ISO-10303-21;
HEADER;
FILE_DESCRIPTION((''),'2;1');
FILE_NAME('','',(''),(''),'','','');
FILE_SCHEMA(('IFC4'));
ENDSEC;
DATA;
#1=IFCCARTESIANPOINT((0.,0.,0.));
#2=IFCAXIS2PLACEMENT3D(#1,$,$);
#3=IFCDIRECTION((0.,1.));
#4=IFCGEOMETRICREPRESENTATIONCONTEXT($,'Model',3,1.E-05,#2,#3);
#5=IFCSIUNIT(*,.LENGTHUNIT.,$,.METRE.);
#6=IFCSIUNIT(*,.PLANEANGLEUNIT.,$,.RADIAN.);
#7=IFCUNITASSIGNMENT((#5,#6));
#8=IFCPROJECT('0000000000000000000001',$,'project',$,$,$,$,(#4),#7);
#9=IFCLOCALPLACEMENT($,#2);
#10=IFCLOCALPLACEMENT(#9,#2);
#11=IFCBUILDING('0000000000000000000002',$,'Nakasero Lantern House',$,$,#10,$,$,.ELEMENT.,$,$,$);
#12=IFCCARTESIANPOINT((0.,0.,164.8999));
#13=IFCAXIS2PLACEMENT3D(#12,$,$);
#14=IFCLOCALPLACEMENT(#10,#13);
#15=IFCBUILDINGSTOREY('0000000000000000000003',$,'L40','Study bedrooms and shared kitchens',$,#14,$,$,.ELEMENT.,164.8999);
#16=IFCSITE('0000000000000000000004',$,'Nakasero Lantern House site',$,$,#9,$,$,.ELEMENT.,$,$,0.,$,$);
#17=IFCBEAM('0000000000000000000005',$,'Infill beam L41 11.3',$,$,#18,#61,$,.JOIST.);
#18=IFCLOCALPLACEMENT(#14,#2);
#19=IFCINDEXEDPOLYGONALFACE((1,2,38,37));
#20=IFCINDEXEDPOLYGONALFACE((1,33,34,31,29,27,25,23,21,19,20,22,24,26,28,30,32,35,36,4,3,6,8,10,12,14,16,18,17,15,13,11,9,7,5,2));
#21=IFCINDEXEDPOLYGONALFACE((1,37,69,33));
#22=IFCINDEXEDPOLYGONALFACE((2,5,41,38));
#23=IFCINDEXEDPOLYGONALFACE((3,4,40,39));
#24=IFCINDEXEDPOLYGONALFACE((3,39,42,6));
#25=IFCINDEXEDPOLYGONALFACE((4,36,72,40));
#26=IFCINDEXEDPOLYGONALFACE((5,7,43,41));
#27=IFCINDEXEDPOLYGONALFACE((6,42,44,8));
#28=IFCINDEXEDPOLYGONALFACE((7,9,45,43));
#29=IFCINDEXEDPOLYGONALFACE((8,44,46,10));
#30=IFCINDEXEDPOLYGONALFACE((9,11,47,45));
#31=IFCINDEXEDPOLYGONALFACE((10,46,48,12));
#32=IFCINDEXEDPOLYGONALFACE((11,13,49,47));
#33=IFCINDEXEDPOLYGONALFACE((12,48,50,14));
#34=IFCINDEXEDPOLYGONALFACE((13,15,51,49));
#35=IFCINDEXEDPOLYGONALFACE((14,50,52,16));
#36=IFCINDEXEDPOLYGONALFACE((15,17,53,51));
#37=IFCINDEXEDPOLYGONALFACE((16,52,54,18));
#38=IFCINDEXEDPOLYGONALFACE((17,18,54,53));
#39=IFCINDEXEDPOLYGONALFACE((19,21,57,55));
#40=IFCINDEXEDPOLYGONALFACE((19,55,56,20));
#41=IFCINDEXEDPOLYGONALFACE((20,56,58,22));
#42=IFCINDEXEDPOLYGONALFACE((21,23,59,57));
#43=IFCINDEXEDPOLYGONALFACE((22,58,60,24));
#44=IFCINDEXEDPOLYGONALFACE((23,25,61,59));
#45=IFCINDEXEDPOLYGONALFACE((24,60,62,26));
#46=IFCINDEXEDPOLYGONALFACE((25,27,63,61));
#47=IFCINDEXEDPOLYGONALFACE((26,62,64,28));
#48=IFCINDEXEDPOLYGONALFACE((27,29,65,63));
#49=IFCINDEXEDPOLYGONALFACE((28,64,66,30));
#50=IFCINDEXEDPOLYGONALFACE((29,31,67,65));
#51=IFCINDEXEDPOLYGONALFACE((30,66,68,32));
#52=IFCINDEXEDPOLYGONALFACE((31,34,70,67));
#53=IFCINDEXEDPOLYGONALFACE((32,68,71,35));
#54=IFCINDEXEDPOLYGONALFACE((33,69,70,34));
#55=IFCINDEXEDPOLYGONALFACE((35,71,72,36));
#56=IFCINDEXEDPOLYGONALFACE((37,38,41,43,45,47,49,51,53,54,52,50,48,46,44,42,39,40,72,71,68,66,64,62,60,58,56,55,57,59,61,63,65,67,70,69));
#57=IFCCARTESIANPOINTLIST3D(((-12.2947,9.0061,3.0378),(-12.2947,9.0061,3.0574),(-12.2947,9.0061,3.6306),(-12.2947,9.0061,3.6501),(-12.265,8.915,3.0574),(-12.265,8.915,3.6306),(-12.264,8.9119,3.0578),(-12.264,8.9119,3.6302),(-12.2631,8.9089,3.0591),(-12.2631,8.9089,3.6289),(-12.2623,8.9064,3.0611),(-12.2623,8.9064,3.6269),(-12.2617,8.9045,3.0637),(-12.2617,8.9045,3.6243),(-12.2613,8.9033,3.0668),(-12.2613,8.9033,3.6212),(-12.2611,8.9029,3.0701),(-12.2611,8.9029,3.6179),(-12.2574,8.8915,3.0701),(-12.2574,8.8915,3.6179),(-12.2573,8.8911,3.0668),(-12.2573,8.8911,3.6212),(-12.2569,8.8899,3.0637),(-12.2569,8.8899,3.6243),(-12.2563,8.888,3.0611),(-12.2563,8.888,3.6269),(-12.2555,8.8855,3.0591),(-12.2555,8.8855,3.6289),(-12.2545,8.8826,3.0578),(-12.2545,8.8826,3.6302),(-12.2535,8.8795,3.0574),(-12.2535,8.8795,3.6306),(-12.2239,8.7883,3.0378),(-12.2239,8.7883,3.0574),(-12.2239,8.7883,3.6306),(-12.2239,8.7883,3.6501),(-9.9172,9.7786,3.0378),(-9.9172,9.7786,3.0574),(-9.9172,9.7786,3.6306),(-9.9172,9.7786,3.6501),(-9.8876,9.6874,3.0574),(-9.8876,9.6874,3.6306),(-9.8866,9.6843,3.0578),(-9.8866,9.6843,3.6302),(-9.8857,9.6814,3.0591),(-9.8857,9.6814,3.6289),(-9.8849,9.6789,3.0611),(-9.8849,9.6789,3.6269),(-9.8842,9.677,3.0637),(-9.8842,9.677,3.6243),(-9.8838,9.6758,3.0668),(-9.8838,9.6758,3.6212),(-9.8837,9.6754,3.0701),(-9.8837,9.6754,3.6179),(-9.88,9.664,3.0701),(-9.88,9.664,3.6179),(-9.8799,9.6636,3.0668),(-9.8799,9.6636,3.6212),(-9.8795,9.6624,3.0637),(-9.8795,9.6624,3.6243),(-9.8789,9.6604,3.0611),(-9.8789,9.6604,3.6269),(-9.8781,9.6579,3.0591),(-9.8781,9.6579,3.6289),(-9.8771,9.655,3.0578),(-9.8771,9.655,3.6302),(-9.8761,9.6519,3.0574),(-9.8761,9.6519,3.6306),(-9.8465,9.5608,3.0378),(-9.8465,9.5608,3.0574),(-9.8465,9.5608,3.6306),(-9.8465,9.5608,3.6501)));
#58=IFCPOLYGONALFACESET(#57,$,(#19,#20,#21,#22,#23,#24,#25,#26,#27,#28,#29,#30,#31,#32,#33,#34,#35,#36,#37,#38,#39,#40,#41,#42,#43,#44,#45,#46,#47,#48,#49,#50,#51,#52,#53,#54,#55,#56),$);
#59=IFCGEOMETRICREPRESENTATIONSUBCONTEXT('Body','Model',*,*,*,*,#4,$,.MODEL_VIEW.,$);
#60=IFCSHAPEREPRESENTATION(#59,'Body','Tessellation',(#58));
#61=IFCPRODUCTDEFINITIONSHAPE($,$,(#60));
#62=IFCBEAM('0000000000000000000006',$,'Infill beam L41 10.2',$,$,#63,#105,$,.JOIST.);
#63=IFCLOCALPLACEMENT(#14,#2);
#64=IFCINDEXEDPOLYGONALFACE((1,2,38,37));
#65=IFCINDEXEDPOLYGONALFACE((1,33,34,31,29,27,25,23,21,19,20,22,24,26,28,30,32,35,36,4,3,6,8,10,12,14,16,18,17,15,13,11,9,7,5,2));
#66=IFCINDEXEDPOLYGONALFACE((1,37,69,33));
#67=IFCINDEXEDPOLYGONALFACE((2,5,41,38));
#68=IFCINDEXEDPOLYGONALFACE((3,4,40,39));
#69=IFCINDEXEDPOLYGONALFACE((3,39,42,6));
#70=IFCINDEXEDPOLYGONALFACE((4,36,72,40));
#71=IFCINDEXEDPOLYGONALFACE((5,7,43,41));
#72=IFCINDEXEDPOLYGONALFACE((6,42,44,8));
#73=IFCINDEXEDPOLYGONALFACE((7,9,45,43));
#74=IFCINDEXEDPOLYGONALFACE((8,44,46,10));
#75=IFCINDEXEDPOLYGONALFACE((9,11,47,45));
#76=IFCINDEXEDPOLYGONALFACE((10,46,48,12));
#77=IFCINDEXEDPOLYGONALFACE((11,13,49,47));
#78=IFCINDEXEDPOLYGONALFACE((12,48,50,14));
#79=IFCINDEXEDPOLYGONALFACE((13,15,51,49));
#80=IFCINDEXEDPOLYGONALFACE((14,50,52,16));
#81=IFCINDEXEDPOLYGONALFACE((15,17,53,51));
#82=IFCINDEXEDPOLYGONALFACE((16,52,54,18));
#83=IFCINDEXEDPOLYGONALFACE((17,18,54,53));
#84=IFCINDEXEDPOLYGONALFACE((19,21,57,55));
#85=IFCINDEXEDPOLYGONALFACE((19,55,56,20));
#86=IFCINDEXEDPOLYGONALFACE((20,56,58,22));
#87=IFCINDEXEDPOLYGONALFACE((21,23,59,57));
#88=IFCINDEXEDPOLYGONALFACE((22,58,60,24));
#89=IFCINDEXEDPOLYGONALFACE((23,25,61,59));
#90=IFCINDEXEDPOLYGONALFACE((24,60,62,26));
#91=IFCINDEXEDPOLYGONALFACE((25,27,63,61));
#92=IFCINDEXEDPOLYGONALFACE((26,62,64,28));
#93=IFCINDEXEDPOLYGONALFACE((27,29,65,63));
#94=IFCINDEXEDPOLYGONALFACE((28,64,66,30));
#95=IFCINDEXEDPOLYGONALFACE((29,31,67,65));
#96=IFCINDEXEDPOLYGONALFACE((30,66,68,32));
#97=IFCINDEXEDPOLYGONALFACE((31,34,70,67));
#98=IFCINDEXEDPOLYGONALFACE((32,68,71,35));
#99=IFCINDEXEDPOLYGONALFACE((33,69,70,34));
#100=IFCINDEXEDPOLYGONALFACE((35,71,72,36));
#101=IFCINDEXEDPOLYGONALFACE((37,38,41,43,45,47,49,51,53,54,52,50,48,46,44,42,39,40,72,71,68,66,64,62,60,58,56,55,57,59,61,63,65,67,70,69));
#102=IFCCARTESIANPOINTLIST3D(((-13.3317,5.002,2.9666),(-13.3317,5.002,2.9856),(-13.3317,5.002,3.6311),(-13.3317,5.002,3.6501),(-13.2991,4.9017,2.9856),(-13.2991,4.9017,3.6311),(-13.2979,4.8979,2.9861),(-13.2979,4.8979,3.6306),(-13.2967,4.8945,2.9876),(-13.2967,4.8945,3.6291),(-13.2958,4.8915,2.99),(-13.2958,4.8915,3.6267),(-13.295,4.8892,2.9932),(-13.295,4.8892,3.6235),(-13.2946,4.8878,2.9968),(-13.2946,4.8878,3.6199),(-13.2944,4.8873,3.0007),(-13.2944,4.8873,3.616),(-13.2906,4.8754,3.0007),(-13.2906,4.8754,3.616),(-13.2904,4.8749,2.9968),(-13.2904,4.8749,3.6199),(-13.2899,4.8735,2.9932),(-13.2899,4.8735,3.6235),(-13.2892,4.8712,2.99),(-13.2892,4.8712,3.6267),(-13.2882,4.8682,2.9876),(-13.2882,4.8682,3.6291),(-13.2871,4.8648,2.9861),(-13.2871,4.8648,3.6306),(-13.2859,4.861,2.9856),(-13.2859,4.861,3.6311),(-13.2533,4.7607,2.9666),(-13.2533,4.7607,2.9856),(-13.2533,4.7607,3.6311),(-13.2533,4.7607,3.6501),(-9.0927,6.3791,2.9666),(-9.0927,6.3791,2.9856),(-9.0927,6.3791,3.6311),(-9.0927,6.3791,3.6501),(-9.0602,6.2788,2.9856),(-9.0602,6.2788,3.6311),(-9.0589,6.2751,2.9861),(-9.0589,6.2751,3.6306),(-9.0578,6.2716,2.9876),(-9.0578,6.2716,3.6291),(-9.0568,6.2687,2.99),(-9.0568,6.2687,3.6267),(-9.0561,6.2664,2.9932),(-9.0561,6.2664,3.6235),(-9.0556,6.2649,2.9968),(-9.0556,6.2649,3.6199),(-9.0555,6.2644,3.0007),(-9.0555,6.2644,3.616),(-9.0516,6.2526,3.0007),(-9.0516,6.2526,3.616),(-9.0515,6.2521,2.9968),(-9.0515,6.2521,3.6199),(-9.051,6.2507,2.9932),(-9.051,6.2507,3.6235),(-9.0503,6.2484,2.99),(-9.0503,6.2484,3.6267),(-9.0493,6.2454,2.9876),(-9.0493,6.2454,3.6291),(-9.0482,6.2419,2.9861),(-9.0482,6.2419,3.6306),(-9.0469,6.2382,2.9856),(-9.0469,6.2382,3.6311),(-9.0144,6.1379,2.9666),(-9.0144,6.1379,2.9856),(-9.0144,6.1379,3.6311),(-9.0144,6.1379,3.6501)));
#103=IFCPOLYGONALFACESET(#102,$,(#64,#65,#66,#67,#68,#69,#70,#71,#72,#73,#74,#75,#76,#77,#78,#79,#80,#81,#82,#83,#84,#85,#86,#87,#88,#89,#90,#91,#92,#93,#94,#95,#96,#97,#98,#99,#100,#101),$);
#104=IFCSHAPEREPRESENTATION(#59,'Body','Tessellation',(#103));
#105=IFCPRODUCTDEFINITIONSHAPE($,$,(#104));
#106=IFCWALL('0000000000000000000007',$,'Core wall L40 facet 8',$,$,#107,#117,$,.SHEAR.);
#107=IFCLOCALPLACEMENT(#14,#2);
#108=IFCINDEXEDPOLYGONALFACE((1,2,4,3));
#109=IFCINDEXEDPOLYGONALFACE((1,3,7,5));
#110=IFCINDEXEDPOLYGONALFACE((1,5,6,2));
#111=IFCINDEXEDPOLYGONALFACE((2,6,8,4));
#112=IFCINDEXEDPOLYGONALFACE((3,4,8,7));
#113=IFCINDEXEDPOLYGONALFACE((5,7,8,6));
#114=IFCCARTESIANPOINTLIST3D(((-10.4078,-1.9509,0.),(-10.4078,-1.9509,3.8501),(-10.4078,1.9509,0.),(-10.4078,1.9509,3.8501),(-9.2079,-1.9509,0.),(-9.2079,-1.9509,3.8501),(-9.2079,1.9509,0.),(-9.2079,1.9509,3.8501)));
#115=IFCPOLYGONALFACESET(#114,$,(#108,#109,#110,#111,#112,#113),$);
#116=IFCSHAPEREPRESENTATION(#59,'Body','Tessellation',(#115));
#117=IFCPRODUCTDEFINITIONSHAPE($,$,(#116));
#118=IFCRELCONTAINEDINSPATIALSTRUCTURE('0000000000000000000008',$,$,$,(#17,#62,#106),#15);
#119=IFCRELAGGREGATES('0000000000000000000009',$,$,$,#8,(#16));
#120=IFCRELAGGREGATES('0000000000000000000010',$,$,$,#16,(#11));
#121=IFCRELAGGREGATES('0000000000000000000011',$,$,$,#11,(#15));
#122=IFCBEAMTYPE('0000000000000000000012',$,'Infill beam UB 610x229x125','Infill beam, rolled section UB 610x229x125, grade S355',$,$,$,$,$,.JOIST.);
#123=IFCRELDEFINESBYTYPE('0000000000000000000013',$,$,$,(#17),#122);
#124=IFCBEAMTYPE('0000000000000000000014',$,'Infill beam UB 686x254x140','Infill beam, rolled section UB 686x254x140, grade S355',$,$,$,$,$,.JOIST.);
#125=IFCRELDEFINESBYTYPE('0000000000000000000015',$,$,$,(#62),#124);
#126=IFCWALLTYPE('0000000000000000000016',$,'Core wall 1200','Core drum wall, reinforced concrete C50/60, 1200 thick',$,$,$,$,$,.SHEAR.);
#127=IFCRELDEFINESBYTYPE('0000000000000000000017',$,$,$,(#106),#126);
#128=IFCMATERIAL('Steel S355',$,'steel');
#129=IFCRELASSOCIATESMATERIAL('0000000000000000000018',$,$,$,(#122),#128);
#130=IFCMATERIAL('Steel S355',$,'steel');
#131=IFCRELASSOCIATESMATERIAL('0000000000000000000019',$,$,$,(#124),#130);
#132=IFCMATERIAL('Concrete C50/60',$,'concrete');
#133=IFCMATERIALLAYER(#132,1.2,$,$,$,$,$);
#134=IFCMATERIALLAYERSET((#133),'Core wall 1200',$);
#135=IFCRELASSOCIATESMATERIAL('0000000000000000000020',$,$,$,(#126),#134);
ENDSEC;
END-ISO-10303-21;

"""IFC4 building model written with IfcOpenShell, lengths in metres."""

from ifc_helpers import new_model, si_unit, direction, frame, frame_2d, origin, origin_2d, place, context, subcontext, project, spatial, rectangle, i_section, extrude, material, layer, layer_set, material_profile, profile_set, type_object, element, save


model = new_model("IFC4")

# Units and contexts
model_context = context("Model", 3, precision=1e-05, world=origin(), true_north=direction((0.0, 1.0)))
body_context = subcontext(model_context, "Body", "Model", "MODEL_VIEW")
ifc_project = project(units=[si_unit("LENGTHUNIT", "METRE"), si_unit("PLANEANGLEUNIT", "RADIAN")], contexts=[model_context])

# Site, building, storey
site_placement = place(None, origin())
site = spatial("IfcSite", under=ifc_project, at=site_placement, Name="Nakasero Lantern House site", CompositionType="ELEMENT", RefElevation=0.0)
building_placement = place(site_placement, origin())
building = spatial("IfcBuilding", under=site, at=building_placement, Name="Nakasero Lantern House", CompositionType="ELEMENT")
storey_placement = place(building_placement, frame((0.0, 0.0, 164.8999)))
storey = spatial("IfcBuildingStorey", under=building, at=storey_placement, Name="L40", Description="Study bedrooms and shared kitchens", CompositionType="ELEMENT", Elevation=164.8999)

# Beams
ifc_material_1 = material(Name="Steel S355", Category="steel")
ifc_material_profile_1 = material_profile(ifc_material_1, i_section(OverallWidth=0.229, OverallDepth=0.6123, WebThickness=0.012, FlangeThickness=0.0195, FilletRadius=0.0127, at=origin_2d()), Name="UB 610x229x125")
ifc_profile_set_1 = profile_set([ifc_material_profile_1], Name="Steel S355")
beam_type_1 = type_object("IfcBeamType", Name="Infill beam UB 610x229x125", Description="Infill beam, rolled section UB 610x229x125, grade S355", PredefinedType="JOIST", material=ifc_profile_set_1)
beam_1_placement = place(storey_placement, frame((-12.2593, 8.8972, 3.344), z_axis=(0.951058, 0.309011, 0.0), x_axis=(-0.309011, 0.951058, 0.0)))
element("IfcBeam", 1, at=beam_1_placement, inside=storey, type_object=beam_type_1, Name="Infill beam L41 11.3", PredefinedType="JOIST", context=body_context, shape_type="SweptSolid", body=[
    extrude(i_section(OverallWidth=0.229, OverallDepth=0.6123, WebThickness=0.012, FlangeThickness=0.0195, FilletRadius=0.0127, at=origin_2d()), origin(), (0.0, 0.0, 1.0), 2.4998),
])
ifc_material_2 = material(Name="Steel S355", Category="steel")
ifc_material_profile_2 = material_profile(ifc_material_2, i_section(OverallWidth=0.2537, OverallDepth=0.6836, WebThickness=0.0125, FlangeThickness=0.019, FilletRadius=0.0151, at=origin_2d()), Name="UB 686x254x140")
ifc_profile_set_2 = profile_set([ifc_material_profile_2], Name="Steel S355")
beam_type_2 = type_object("IfcBeamType", Name="Infill beam UB 686x254x140", Description="Infill beam, rolled section UB 686x254x140, grade S355", PredefinedType="JOIST", material=ifc_profile_set_2)
beam_2_placement = place(storey_placement, frame((-13.2925, 4.8813, 3.3083), z_axis=(0.951066, 0.308988, 0.0), x_axis=(-0.308988, 0.951066, 0.0)))
element("IfcBeam", 2, at=beam_2_placement, inside=storey, type_object=beam_type_2, Name="Infill beam L41 10.2", PredefinedType="JOIST", context=body_context, shape_type="SweptSolid", body=[
    extrude(i_section(OverallWidth=0.2537, OverallDepth=0.6836, WebThickness=0.0125, FlangeThickness=0.019, FilletRadius=0.0151, at=origin_2d()), origin(), (0.0, 0.0, 1.0), 4.457),
])

# Wall
ifc_material_3 = material(Name="Concrete C50/60", Category="concrete")
ifc_layer_1 = layer(ifc_material_3, 1.2)
ifc_layer_set_1 = layer_set([ifc_layer_1], Name="Core wall 1200")
wall_type_1 = type_object("IfcWallType", Name="Core wall 1200", Description="Core drum wall, reinforced concrete C50/60, 1200 thick", PredefinedType="SHEAR", material=ifc_layer_set_1)
wall_1_placement = place(storey_placement, frame((-9.8079, 1.9509, 0.0), z_axis=(0.0, 0.0, 1.0), x_axis=(0.0, -1.0, 0.0)))
element("IfcWall", 3, at=wall_1_placement, inside=storey, type_object=wall_type_1, Name="Core wall L40 facet 8", PredefinedType="SHEAR", context=body_context, shape_type="SweptSolid", body=[
    extrude(rectangle(XDim=3.9019, YDim=1.2, at=frame_2d((1.9509, 0.0))), origin(), (0.0, 0.0, 1.0), 3.8501),
])

save(model, "model.ifc")
